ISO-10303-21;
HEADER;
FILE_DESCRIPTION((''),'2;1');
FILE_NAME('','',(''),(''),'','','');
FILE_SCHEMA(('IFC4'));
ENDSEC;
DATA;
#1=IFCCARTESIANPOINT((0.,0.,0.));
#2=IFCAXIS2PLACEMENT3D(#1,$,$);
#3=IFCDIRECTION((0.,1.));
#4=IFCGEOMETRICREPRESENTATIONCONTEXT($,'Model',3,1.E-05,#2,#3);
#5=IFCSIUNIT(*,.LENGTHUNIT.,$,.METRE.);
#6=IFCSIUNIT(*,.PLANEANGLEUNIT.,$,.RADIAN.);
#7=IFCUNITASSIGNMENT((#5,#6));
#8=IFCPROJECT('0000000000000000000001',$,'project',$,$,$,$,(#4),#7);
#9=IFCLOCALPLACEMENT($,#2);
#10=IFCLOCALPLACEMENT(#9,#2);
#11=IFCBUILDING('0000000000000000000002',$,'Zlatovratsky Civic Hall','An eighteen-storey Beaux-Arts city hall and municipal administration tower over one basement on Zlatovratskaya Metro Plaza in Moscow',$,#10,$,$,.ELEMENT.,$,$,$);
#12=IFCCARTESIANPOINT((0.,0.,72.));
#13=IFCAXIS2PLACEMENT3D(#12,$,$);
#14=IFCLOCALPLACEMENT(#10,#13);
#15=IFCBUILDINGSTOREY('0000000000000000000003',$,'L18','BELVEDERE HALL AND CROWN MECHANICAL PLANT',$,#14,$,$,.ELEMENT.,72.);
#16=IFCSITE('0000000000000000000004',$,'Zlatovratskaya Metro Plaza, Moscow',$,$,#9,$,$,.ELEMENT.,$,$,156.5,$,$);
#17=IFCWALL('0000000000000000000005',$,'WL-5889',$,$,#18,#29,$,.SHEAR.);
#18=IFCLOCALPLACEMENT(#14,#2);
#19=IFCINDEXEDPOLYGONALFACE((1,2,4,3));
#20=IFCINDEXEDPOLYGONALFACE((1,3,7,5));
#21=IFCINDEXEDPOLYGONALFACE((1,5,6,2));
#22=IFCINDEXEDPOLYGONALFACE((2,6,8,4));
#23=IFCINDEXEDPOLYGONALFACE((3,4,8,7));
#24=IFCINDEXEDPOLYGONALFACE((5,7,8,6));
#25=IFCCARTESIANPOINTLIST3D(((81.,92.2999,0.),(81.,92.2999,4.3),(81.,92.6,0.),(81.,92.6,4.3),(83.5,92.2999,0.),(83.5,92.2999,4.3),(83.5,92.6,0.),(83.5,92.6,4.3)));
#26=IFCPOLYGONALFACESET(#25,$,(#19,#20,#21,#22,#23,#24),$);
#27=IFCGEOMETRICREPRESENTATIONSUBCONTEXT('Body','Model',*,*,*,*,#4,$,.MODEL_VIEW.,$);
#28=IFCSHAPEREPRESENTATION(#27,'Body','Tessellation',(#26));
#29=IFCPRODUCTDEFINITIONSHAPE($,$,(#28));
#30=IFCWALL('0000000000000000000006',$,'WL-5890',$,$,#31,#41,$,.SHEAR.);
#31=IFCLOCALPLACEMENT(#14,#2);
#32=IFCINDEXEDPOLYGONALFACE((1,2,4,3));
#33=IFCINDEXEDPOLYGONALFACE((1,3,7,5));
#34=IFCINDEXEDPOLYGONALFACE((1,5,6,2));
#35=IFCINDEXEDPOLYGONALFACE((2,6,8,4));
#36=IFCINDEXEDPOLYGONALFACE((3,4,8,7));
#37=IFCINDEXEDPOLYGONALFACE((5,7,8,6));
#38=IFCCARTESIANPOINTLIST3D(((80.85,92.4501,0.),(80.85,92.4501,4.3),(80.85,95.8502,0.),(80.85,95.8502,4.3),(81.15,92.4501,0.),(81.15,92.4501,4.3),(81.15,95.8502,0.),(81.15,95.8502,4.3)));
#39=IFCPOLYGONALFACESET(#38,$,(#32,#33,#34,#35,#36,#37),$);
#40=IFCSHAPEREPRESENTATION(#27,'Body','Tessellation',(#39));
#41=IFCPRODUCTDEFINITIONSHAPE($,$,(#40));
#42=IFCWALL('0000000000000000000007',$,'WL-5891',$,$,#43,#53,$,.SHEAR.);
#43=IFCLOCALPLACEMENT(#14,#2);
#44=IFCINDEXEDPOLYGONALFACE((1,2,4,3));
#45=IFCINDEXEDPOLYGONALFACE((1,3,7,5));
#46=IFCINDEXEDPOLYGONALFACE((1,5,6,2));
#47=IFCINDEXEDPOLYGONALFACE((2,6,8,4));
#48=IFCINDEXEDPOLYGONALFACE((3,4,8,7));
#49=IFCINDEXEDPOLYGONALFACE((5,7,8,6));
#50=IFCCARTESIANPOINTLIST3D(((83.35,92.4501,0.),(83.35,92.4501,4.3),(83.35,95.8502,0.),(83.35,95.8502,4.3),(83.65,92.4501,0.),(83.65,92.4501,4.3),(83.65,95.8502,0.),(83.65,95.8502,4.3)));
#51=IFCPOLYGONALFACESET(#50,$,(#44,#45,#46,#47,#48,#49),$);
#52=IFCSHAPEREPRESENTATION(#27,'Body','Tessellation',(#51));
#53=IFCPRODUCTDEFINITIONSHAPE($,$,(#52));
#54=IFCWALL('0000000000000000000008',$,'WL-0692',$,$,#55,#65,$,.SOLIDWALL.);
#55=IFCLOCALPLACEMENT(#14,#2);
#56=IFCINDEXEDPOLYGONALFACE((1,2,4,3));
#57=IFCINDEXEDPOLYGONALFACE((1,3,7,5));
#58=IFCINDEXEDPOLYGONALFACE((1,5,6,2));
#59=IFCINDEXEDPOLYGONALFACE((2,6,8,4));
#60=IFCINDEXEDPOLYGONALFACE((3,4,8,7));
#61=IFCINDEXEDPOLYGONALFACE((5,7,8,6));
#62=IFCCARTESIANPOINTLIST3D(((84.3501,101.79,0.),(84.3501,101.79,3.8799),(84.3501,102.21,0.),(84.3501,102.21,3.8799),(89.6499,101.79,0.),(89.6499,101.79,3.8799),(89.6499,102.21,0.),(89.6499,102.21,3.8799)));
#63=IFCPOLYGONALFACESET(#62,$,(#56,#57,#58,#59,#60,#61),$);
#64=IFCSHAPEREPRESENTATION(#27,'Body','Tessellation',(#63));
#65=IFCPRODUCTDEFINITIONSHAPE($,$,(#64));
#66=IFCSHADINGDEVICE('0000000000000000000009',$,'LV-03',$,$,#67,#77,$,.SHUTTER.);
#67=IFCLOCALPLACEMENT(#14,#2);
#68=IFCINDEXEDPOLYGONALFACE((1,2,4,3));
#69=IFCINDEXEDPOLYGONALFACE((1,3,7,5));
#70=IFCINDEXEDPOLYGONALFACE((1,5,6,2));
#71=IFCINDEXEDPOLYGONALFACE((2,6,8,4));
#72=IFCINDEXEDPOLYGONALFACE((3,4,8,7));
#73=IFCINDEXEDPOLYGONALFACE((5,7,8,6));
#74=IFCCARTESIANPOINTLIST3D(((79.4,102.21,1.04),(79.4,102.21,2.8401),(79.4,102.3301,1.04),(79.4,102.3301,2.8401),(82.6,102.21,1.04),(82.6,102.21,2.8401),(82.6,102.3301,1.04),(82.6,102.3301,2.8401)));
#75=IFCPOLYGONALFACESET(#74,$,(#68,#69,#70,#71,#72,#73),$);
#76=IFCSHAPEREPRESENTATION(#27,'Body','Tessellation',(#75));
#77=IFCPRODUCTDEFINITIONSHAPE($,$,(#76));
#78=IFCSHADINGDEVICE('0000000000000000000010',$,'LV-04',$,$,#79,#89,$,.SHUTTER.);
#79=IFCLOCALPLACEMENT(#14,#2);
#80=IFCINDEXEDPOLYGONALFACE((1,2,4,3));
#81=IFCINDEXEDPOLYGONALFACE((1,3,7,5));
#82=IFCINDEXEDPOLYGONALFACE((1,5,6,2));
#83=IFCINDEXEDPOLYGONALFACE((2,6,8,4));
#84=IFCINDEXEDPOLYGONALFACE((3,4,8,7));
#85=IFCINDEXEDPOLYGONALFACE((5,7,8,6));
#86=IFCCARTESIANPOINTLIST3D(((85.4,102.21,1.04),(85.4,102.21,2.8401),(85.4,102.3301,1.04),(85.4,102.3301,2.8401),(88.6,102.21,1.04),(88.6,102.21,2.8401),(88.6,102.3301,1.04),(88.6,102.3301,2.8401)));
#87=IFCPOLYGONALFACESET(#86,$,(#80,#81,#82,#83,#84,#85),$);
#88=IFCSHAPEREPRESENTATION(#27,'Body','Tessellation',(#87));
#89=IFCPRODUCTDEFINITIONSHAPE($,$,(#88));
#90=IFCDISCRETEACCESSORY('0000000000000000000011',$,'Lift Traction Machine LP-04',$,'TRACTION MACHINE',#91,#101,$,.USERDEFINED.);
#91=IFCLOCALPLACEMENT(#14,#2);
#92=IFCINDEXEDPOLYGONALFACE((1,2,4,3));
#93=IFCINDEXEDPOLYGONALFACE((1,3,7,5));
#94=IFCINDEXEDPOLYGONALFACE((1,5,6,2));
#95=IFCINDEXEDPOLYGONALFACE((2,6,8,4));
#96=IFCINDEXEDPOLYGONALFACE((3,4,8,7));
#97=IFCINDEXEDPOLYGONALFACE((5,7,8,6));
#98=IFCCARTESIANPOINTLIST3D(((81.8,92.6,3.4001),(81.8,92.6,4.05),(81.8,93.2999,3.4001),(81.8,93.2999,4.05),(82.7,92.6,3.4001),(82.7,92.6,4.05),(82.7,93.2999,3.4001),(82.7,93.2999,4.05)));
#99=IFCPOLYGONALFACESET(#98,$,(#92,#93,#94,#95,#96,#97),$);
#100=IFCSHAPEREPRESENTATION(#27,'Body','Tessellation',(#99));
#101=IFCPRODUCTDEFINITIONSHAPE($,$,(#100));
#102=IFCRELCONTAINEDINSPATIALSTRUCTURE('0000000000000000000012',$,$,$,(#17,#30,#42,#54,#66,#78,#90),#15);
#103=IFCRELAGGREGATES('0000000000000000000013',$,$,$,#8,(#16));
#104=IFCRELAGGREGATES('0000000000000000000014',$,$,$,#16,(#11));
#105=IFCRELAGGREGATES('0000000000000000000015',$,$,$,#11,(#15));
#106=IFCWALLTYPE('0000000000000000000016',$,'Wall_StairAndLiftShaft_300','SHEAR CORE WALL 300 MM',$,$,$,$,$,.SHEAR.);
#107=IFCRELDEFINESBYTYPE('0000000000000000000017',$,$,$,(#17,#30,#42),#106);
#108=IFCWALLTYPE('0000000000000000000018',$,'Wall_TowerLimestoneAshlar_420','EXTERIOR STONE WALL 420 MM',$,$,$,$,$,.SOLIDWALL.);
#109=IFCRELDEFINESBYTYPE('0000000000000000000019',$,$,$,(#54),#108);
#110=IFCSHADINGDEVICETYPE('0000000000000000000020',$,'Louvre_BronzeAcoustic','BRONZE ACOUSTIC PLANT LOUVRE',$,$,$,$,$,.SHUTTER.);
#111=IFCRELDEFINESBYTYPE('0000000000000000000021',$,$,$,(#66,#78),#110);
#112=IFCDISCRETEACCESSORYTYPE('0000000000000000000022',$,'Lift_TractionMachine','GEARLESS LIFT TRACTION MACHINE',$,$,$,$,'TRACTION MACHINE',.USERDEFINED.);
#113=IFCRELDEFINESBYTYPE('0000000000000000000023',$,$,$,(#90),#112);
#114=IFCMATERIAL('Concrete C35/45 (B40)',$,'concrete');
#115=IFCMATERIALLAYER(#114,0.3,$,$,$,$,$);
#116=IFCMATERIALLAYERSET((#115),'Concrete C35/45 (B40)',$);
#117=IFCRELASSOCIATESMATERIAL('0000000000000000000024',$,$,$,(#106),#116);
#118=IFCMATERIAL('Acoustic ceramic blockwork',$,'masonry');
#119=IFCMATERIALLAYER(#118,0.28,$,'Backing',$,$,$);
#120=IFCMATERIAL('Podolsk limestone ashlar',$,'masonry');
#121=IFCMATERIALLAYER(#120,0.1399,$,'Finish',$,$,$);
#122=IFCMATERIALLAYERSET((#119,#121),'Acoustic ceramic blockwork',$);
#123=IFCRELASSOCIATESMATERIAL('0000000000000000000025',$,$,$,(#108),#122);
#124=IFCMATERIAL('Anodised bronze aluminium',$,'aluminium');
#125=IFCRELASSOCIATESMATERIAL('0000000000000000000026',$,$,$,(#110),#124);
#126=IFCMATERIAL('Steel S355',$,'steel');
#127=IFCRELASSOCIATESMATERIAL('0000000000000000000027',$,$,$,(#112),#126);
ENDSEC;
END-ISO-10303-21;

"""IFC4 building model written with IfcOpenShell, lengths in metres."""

from ifc_helpers import new_model, si_unit, direction, frame, frame_2d, origin, origin_2d, place, context, subcontext, project, spatial, rectangle, extrude, material, layer, layer_set, type_object, element, save


model = new_model("IFC4")

# Units and contexts
model_context = context("Model", 3, precision=1e-05, world=origin(), true_north=direction((0.0, 1.0)))
body_context = subcontext(model_context, "Body", "Model", "MODEL_VIEW")
ifc_project = project(units=[si_unit("LENGTHUNIT", "METRE"), si_unit("PLANEANGLEUNIT", "RADIAN")], contexts=[model_context])

# Site, building, storey
site_placement = place(None, origin())
site = spatial("IfcSite", under=ifc_project, at=site_placement, Name="Zlatovratskaya Metro Plaza, Moscow", CompositionType="ELEMENT", RefElevation=156.5)
building_placement = place(site_placement, origin())
building = spatial("IfcBuilding", under=site, at=building_placement, Name="Zlatovratsky Civic Hall", Description="An eighteen-storey Beaux-Arts city hall and municipal administration tower over one basement on Zlatovratskaya Metro Plaza in Moscow", CompositionType="ELEMENT")
storey_placement = place(building_placement, frame((0.0, 0.0, 72.0)))
storey = spatial("IfcBuildingStorey", under=building, at=storey_placement, Name="L18", Description="BELVEDERE HALL AND CROWN MECHANICAL PLANT", CompositionType="ELEMENT", Elevation=72.0)

# Shared definitions
ifc_material_1 = material(Name="Concrete C35/45 (B40)", Category="concrete")
ifc_material_2 = material(Name="Steel S355", Category="steel")

# Shared definitions
ifc_material_3 = material(Name="Acoustic ceramic blockwork", Category="masonry")

# Shared definitions
ifc_layer_1 = layer(ifc_material_1, 0.3)
ifc_layer_set_1 = layer_set([ifc_layer_1], Name="Concrete C35/45 (B40)")
wall_type_1 = type_object("IfcWallType", Name="Wall_StairAndLiftShaft_300", Description="SHEAR CORE WALL 300 MM", PredefinedType="SHEAR", material=ifc_layer_set_1)

# Walls
wall_1_placement = place(storey_placement, frame((81.0, 92.45, 0.0), z_axis=(0.0, 0.0, 1.0), x_axis=(1.0, 0.0, 0.0)))
element("IfcWall", 1, at=wall_1_placement, inside=storey, type_object=wall_type_1, Name="WL-5889", PredefinedType="SHEAR", context=body_context, shape_type="SweptSolid", body=[
    extrude(rectangle(XDim=2.5, YDim=0.3, at=frame_2d((1.25, 0.0))), origin(), (0.0, 0.0, 1.0), 4.3),
])
for number, where, z_axis, x_axis, name in (
    (2, (81.0, 92.45, 0.0), (0.0, 0.0, 1.0), (0.0, 1.0, 0.0), "WL-5890"),
    (3, (83.5, 92.45, 0.0), (0.0, 0.0, 1.0), (0.0, 1.0, 0.0), "WL-5891"),
):
    element("IfcWall", number, at=place(storey_placement, frame(where, z_axis=z_axis, x_axis=x_axis)), inside=storey, type_object=wall_type_1, Name=name, PredefinedType="SHEAR", context=body_context, shape_type="SweptSolid", body=[
        extrude(rectangle(XDim=3.4001, YDim=0.3, at=frame_2d((1.7002, 0.0))), origin(), (0.0, 0.0, 1.0), 4.3),
    ])
ifc_layer_2 = layer(ifc_material_3, 0.28, Name="Backing")
ifc_material_4 = material(Name="Podolsk limestone ashlar", Category="masonry")
ifc_layer_3 = layer(ifc_material_4, 0.1399, Name="Finish")
ifc_layer_set_2 = layer_set([ifc_layer_2, ifc_layer_3], Name="Acoustic ceramic blockwork")
wall_type_2 = type_object("IfcWallType", Name="Wall_TowerLimestoneAshlar_420", Description="EXTERIOR STONE WALL 420 MM", PredefinedType="SOLIDWALL", material=ifc_layer_set_2)
wall_2_placement = place(storey_placement, frame((84.3501, 102.0, 0.0), z_axis=(0.0, 0.0, 1.0), x_axis=(1.0, 0.0, 0.0)))
element("IfcWall", 4, at=wall_2_placement, inside=storey, type_object=wall_type_2, Name="WL-0692", PredefinedType="SOLIDWALL", context=body_context, shape_type="SweptSolid", body=[
    extrude(rectangle(XDim=5.2998, YDim=0.4199, at=frame_2d((2.6499, 0.0))), origin(), (0.0, 0.0, 1.0), 3.8799),
])

# Shading devices
ifc_material_5 = material(Name="Anodised bronze aluminium", Category="aluminium")
shading_device_type = type_object("IfcShadingDeviceType", Name="Louvre_BronzeAcoustic", Description="BRONZE ACOUSTIC PLANT LOUVRE", PredefinedType="SHUTTER", material=ifc_material_5)
for number, where, z_axis, x_axis, name in (
    (5, (81.0, 102.27, 1.04), (0.0, 0.0, 1.0), (1.0, 0.0, 0.0), "LV-03"),
    (6, (87.0, 102.27, 1.04), (0.0, 0.0, 1.0), (1.0, 0.0, 0.0), "LV-04"),
):
    element("IfcShadingDevice", number, at=place(storey_placement, frame(where, z_axis=z_axis, x_axis=x_axis)), inside=storey, type_object=shading_device_type, Name=name, PredefinedType="SHUTTER", context=body_context, shape_type="SweptSolid", body=[
        extrude(rectangle(XDim=3.2, YDim=0.1201, at=origin_2d()), origin(), (0.0, 0.0, 1.0), 1.8),
    ])

# Discrete accessory
discrete_accessory_type = type_object("IfcDiscreteAccessoryType", Name="Lift_TractionMachine", Description="GEARLESS LIFT TRACTION MACHINE", ElementType="TRACTION MACHINE", PredefinedType="USERDEFINED", material=ifc_material_2)
discrete_accessory_placement = place(storey_placement, frame((82.25, 92.95, 3.4001), z_axis=(0.0, 0.0, 1.0), x_axis=(1.0, 0.0, 0.0)))
element("IfcDiscreteAccessory", 7, at=discrete_accessory_placement, inside=storey, type_object=discrete_accessory_type, Name="Lift Traction Machine LP-04", ObjectType="TRACTION MACHINE", PredefinedType="USERDEFINED", context=body_context, shape_type="SweptSolid", body=[
    extrude(rectangle(XDim=0.8999, YDim=0.7, at=origin_2d()), origin(), (0.0, 0.0, 1.0), 0.6499),
])

save(model, "model.ifc")
